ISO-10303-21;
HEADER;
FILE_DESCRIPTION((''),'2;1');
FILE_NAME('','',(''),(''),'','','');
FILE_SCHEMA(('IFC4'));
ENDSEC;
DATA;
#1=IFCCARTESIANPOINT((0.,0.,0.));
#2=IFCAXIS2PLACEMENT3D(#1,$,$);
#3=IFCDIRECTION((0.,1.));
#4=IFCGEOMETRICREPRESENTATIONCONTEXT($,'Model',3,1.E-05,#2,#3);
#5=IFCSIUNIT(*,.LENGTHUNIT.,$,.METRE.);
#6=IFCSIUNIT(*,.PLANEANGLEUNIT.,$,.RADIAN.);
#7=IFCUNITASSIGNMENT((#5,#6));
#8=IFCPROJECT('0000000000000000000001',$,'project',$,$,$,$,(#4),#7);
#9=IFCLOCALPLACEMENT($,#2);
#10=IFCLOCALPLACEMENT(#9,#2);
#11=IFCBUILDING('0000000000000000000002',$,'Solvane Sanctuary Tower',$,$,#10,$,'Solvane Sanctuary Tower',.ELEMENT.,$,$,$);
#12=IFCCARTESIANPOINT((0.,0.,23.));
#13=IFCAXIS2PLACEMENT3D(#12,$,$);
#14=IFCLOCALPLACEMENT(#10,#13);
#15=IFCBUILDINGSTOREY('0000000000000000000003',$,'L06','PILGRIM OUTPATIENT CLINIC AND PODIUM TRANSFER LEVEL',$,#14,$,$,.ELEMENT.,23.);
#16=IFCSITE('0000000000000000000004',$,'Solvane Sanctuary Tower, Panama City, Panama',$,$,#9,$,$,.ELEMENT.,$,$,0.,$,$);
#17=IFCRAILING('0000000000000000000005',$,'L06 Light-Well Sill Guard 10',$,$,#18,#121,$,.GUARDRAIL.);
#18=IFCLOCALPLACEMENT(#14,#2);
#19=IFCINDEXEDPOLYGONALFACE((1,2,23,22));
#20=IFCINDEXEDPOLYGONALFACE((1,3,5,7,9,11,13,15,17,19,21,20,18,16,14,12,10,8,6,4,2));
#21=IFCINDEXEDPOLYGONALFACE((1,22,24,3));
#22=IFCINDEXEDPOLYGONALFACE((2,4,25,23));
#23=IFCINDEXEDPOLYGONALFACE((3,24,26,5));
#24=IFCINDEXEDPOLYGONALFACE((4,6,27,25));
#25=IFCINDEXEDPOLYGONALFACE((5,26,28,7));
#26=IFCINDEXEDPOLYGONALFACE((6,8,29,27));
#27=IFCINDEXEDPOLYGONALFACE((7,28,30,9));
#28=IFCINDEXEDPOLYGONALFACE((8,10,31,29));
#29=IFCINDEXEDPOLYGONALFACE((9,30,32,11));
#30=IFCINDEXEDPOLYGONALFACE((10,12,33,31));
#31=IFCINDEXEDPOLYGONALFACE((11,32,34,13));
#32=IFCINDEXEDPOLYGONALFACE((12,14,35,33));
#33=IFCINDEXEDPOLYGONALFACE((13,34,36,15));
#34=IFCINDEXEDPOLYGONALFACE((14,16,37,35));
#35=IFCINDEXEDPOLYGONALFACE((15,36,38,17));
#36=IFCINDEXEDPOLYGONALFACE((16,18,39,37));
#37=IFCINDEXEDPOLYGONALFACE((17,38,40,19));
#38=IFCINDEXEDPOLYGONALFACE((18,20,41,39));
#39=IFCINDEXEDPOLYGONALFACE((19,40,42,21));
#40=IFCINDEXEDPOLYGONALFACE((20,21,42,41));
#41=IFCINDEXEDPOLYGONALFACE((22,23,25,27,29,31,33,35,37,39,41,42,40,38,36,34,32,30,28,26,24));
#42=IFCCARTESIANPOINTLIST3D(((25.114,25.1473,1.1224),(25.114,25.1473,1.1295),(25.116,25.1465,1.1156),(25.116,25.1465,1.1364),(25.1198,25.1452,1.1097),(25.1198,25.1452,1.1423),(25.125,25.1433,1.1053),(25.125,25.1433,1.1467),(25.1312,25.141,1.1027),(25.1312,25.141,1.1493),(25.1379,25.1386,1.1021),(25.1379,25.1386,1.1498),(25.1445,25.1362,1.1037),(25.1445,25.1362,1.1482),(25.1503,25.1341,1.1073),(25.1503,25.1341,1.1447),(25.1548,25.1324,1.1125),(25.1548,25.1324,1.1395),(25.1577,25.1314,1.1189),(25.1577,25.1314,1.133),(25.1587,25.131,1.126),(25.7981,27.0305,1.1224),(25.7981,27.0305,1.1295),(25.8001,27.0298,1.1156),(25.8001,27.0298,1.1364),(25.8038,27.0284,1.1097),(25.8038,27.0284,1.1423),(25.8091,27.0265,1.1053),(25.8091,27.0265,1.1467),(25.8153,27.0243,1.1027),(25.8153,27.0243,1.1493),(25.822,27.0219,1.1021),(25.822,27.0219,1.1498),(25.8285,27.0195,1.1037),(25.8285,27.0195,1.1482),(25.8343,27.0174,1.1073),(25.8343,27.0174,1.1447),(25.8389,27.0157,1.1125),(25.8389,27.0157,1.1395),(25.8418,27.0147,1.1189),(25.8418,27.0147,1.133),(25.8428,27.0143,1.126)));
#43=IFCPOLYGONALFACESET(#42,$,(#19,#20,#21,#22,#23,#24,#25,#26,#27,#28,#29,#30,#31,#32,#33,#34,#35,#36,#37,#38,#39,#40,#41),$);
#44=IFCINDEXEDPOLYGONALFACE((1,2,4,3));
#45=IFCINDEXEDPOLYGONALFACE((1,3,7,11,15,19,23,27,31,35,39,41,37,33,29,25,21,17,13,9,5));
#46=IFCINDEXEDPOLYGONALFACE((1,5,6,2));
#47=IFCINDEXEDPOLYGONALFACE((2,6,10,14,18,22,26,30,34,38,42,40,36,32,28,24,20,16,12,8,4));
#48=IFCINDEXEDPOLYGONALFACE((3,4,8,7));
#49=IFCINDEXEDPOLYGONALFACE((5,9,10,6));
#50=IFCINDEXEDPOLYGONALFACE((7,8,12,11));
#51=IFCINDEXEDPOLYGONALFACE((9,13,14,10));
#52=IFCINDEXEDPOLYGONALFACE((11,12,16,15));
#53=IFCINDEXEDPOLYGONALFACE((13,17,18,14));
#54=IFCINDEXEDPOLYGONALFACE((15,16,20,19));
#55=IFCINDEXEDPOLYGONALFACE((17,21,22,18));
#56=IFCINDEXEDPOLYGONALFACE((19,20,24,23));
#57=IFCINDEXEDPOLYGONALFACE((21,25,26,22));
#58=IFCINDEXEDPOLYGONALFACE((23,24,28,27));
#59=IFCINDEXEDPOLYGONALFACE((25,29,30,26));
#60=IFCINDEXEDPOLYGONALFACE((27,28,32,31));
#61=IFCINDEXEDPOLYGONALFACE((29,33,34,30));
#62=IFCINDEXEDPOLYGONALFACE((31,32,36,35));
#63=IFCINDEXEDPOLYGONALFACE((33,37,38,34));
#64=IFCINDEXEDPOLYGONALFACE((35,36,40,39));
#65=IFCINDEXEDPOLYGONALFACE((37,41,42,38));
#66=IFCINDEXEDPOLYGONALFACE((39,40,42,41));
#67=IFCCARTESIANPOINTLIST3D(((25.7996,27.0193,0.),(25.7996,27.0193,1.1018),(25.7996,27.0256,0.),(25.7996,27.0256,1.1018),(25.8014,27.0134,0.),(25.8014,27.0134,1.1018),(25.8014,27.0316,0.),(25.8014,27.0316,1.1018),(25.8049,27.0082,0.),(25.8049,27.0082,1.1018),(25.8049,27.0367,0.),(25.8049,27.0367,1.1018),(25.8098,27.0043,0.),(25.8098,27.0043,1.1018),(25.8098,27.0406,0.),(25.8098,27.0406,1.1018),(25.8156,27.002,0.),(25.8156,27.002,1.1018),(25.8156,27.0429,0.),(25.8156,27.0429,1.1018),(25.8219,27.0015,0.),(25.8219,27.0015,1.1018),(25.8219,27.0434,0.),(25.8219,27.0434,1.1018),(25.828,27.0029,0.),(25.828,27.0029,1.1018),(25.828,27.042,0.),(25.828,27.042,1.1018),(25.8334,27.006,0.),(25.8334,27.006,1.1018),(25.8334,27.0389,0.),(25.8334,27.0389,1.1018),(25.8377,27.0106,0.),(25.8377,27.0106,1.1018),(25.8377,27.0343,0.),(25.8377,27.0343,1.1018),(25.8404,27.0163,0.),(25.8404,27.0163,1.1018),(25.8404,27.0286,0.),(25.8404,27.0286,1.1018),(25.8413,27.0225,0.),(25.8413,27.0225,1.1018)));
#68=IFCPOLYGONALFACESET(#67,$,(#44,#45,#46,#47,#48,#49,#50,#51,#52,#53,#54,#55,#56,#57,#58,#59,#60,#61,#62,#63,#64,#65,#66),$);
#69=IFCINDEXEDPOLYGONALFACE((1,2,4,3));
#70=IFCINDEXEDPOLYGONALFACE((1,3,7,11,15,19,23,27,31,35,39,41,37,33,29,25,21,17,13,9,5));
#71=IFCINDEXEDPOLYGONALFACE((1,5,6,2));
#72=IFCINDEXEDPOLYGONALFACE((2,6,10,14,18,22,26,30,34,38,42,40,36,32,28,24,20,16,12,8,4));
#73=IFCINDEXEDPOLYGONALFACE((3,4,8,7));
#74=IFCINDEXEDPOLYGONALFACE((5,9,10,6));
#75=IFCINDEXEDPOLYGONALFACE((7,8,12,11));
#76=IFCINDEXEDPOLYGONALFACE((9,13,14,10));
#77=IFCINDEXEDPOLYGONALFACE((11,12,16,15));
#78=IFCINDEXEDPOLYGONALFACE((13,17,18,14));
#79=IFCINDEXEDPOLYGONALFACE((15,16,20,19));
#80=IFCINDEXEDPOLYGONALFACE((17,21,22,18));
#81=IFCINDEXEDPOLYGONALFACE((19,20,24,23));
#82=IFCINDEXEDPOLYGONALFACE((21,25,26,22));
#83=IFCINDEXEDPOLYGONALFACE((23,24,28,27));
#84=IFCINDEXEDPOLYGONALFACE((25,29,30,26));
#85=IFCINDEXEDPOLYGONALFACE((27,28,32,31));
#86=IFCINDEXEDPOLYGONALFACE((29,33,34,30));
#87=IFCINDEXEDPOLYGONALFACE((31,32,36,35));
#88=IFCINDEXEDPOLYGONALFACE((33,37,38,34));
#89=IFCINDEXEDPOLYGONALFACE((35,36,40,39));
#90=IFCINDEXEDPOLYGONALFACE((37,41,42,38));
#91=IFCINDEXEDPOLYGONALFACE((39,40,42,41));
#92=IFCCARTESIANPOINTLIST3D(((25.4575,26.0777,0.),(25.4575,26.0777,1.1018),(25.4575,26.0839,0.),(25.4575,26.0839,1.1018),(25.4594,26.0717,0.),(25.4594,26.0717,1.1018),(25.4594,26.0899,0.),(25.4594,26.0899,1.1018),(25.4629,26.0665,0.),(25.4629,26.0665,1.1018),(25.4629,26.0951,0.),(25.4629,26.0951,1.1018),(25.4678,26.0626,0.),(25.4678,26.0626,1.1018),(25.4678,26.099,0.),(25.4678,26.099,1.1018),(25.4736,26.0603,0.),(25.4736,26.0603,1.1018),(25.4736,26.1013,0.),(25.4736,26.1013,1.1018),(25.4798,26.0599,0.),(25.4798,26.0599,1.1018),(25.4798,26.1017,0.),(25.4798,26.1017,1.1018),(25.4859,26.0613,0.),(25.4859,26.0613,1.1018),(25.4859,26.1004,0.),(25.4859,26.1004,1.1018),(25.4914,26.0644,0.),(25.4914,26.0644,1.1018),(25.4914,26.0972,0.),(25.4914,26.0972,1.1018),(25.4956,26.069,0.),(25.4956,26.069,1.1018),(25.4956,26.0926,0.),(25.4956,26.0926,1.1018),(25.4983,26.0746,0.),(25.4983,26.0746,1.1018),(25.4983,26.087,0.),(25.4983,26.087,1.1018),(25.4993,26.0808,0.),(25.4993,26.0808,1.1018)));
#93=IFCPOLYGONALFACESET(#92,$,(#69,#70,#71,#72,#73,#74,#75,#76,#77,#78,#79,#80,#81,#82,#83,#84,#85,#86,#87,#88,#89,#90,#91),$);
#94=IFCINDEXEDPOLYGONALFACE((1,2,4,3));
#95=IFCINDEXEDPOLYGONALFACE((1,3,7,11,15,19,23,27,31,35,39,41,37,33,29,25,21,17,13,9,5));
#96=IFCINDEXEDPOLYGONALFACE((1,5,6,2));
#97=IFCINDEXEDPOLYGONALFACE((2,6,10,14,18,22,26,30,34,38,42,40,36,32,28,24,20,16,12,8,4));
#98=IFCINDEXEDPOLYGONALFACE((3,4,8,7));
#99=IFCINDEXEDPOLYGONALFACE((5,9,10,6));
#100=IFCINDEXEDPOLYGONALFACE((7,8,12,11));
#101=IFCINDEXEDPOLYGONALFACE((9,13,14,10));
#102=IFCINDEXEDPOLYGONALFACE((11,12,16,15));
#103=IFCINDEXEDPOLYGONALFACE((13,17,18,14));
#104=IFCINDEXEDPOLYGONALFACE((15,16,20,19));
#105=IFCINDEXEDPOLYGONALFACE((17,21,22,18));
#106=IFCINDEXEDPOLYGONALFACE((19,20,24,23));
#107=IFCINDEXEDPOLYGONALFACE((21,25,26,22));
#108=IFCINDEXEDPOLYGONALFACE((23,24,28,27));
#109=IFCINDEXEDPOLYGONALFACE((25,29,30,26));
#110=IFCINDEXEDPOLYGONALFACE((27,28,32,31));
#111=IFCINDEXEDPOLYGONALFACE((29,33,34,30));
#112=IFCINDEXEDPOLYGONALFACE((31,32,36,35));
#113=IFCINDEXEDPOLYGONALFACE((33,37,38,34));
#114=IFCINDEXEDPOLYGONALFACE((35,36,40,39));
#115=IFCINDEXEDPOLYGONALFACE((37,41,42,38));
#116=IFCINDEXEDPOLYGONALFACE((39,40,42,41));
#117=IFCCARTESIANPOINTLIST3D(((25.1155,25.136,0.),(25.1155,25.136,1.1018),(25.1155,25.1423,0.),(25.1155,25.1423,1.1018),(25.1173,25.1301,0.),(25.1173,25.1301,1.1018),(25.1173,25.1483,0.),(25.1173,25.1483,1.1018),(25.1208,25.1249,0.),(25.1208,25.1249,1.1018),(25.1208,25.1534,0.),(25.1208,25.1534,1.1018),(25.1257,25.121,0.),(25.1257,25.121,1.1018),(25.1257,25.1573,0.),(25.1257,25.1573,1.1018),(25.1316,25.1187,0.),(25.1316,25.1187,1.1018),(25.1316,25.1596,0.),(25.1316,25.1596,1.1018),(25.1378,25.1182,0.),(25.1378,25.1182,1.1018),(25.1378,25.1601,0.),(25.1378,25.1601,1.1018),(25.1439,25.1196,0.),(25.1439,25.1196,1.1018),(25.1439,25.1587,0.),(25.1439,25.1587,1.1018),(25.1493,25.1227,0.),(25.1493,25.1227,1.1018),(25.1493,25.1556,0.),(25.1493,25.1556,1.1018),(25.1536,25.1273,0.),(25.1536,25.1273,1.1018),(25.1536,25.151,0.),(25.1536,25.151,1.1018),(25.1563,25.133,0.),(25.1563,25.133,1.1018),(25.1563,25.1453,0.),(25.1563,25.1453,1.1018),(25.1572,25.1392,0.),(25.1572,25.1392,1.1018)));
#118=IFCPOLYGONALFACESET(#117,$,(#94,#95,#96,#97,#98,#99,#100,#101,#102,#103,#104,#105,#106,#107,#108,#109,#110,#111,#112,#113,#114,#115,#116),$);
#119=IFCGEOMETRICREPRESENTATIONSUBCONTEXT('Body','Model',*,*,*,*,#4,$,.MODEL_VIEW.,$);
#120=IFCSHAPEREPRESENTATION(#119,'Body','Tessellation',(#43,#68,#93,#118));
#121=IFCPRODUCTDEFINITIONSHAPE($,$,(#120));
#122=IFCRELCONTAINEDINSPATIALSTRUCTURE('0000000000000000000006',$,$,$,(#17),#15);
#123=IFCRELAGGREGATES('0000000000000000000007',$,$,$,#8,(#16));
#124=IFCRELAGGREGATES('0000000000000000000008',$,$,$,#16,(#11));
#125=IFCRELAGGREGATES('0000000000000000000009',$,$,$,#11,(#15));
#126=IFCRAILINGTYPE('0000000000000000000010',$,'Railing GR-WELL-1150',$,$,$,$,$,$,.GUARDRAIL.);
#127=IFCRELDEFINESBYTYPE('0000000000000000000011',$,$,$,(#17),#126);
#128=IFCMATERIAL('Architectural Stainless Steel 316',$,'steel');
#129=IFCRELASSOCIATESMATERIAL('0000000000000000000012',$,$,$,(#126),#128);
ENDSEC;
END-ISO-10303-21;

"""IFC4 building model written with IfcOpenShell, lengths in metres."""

from ifc_helpers import new_model, si_unit, direction, frame, origin, origin_2d, place, context, subcontext, project, spatial, circle, extrude, material, type_object, element, save


model = new_model("IFC4")

# Units and contexts
model_context = context("Model", 3, precision=1e-05, world=origin(), true_north=direction((0.0, 1.0)))
body_context = subcontext(model_context, "Body", "Model", "MODEL_VIEW")
ifc_project = project(units=[si_unit("LENGTHUNIT", "METRE"), si_unit("PLANEANGLEUNIT", "RADIAN")], contexts=[model_context])

# Site, building, storey
site_placement = place(None, origin())
site = spatial("IfcSite", under=ifc_project, at=site_placement, Name="Solvane Sanctuary Tower, Panama City, Panama", CompositionType="ELEMENT", RefElevation=0.0)
building_placement = place(site_placement, origin())
building = spatial("IfcBuilding", under=site, at=building_placement, Name="Solvane Sanctuary Tower", LongName="Solvane Sanctuary Tower", CompositionType="ELEMENT")
storey_placement = place(building_placement, frame((0.0, 0.0, 23.0)))
storey = spatial("IfcBuildingStorey", under=building, at=storey_placement, Name="L06", Description="PILGRIM OUTPATIENT CLINIC AND PODIUM TRANSFER LEVEL", CompositionType="ELEMENT", Elevation=23.0)

# Shared definitions
ifc_material_1 = material(Name="Architectural Stainless Steel 316", Category="steel")

# Railing
railing_type = type_object("IfcRailingType", Name="Railing GR-WELL-1150", PredefinedType="GUARDRAIL", material=ifc_material_1)
railing_1_placement = place(storey_placement, frame((25.8203, 27.0225, 0.0)))
element("IfcRailing", 1, at=railing_1_placement, inside=storey, type_object=railing_type, Name="L06 Light-Well Sill Guard 10", PredefinedType="GUARDRAIL", context=body_context, shape_type="SweptSolid", body=[
    extrude(circle(Radius=0.0239, at=origin_2d()), frame((0.0, 0.0, 1.126), z_axis=(-0.34141, -0.939914, 0.0), x_axis=(0.939914, -0.34141, 0.0)), (0.0, 0.0, 1.0), 2.0037),
    extrude(circle(Radius=0.021, at=origin_2d()), origin(), (0.0, 0.0, 1.0), 1.1018),
    extrude(circle(Radius=0.021, at=origin_2d()), frame((-0.342, -0.9417, 0.0)), (0.0, 0.0, 1.0), 1.1018),
    extrude(circle(Radius=0.021, at=origin_2d()), frame((-0.6841, -1.8833, 0.0)), (0.0, 0.0, 1.0), 1.1018),
])

save(model, "model.ifc")
